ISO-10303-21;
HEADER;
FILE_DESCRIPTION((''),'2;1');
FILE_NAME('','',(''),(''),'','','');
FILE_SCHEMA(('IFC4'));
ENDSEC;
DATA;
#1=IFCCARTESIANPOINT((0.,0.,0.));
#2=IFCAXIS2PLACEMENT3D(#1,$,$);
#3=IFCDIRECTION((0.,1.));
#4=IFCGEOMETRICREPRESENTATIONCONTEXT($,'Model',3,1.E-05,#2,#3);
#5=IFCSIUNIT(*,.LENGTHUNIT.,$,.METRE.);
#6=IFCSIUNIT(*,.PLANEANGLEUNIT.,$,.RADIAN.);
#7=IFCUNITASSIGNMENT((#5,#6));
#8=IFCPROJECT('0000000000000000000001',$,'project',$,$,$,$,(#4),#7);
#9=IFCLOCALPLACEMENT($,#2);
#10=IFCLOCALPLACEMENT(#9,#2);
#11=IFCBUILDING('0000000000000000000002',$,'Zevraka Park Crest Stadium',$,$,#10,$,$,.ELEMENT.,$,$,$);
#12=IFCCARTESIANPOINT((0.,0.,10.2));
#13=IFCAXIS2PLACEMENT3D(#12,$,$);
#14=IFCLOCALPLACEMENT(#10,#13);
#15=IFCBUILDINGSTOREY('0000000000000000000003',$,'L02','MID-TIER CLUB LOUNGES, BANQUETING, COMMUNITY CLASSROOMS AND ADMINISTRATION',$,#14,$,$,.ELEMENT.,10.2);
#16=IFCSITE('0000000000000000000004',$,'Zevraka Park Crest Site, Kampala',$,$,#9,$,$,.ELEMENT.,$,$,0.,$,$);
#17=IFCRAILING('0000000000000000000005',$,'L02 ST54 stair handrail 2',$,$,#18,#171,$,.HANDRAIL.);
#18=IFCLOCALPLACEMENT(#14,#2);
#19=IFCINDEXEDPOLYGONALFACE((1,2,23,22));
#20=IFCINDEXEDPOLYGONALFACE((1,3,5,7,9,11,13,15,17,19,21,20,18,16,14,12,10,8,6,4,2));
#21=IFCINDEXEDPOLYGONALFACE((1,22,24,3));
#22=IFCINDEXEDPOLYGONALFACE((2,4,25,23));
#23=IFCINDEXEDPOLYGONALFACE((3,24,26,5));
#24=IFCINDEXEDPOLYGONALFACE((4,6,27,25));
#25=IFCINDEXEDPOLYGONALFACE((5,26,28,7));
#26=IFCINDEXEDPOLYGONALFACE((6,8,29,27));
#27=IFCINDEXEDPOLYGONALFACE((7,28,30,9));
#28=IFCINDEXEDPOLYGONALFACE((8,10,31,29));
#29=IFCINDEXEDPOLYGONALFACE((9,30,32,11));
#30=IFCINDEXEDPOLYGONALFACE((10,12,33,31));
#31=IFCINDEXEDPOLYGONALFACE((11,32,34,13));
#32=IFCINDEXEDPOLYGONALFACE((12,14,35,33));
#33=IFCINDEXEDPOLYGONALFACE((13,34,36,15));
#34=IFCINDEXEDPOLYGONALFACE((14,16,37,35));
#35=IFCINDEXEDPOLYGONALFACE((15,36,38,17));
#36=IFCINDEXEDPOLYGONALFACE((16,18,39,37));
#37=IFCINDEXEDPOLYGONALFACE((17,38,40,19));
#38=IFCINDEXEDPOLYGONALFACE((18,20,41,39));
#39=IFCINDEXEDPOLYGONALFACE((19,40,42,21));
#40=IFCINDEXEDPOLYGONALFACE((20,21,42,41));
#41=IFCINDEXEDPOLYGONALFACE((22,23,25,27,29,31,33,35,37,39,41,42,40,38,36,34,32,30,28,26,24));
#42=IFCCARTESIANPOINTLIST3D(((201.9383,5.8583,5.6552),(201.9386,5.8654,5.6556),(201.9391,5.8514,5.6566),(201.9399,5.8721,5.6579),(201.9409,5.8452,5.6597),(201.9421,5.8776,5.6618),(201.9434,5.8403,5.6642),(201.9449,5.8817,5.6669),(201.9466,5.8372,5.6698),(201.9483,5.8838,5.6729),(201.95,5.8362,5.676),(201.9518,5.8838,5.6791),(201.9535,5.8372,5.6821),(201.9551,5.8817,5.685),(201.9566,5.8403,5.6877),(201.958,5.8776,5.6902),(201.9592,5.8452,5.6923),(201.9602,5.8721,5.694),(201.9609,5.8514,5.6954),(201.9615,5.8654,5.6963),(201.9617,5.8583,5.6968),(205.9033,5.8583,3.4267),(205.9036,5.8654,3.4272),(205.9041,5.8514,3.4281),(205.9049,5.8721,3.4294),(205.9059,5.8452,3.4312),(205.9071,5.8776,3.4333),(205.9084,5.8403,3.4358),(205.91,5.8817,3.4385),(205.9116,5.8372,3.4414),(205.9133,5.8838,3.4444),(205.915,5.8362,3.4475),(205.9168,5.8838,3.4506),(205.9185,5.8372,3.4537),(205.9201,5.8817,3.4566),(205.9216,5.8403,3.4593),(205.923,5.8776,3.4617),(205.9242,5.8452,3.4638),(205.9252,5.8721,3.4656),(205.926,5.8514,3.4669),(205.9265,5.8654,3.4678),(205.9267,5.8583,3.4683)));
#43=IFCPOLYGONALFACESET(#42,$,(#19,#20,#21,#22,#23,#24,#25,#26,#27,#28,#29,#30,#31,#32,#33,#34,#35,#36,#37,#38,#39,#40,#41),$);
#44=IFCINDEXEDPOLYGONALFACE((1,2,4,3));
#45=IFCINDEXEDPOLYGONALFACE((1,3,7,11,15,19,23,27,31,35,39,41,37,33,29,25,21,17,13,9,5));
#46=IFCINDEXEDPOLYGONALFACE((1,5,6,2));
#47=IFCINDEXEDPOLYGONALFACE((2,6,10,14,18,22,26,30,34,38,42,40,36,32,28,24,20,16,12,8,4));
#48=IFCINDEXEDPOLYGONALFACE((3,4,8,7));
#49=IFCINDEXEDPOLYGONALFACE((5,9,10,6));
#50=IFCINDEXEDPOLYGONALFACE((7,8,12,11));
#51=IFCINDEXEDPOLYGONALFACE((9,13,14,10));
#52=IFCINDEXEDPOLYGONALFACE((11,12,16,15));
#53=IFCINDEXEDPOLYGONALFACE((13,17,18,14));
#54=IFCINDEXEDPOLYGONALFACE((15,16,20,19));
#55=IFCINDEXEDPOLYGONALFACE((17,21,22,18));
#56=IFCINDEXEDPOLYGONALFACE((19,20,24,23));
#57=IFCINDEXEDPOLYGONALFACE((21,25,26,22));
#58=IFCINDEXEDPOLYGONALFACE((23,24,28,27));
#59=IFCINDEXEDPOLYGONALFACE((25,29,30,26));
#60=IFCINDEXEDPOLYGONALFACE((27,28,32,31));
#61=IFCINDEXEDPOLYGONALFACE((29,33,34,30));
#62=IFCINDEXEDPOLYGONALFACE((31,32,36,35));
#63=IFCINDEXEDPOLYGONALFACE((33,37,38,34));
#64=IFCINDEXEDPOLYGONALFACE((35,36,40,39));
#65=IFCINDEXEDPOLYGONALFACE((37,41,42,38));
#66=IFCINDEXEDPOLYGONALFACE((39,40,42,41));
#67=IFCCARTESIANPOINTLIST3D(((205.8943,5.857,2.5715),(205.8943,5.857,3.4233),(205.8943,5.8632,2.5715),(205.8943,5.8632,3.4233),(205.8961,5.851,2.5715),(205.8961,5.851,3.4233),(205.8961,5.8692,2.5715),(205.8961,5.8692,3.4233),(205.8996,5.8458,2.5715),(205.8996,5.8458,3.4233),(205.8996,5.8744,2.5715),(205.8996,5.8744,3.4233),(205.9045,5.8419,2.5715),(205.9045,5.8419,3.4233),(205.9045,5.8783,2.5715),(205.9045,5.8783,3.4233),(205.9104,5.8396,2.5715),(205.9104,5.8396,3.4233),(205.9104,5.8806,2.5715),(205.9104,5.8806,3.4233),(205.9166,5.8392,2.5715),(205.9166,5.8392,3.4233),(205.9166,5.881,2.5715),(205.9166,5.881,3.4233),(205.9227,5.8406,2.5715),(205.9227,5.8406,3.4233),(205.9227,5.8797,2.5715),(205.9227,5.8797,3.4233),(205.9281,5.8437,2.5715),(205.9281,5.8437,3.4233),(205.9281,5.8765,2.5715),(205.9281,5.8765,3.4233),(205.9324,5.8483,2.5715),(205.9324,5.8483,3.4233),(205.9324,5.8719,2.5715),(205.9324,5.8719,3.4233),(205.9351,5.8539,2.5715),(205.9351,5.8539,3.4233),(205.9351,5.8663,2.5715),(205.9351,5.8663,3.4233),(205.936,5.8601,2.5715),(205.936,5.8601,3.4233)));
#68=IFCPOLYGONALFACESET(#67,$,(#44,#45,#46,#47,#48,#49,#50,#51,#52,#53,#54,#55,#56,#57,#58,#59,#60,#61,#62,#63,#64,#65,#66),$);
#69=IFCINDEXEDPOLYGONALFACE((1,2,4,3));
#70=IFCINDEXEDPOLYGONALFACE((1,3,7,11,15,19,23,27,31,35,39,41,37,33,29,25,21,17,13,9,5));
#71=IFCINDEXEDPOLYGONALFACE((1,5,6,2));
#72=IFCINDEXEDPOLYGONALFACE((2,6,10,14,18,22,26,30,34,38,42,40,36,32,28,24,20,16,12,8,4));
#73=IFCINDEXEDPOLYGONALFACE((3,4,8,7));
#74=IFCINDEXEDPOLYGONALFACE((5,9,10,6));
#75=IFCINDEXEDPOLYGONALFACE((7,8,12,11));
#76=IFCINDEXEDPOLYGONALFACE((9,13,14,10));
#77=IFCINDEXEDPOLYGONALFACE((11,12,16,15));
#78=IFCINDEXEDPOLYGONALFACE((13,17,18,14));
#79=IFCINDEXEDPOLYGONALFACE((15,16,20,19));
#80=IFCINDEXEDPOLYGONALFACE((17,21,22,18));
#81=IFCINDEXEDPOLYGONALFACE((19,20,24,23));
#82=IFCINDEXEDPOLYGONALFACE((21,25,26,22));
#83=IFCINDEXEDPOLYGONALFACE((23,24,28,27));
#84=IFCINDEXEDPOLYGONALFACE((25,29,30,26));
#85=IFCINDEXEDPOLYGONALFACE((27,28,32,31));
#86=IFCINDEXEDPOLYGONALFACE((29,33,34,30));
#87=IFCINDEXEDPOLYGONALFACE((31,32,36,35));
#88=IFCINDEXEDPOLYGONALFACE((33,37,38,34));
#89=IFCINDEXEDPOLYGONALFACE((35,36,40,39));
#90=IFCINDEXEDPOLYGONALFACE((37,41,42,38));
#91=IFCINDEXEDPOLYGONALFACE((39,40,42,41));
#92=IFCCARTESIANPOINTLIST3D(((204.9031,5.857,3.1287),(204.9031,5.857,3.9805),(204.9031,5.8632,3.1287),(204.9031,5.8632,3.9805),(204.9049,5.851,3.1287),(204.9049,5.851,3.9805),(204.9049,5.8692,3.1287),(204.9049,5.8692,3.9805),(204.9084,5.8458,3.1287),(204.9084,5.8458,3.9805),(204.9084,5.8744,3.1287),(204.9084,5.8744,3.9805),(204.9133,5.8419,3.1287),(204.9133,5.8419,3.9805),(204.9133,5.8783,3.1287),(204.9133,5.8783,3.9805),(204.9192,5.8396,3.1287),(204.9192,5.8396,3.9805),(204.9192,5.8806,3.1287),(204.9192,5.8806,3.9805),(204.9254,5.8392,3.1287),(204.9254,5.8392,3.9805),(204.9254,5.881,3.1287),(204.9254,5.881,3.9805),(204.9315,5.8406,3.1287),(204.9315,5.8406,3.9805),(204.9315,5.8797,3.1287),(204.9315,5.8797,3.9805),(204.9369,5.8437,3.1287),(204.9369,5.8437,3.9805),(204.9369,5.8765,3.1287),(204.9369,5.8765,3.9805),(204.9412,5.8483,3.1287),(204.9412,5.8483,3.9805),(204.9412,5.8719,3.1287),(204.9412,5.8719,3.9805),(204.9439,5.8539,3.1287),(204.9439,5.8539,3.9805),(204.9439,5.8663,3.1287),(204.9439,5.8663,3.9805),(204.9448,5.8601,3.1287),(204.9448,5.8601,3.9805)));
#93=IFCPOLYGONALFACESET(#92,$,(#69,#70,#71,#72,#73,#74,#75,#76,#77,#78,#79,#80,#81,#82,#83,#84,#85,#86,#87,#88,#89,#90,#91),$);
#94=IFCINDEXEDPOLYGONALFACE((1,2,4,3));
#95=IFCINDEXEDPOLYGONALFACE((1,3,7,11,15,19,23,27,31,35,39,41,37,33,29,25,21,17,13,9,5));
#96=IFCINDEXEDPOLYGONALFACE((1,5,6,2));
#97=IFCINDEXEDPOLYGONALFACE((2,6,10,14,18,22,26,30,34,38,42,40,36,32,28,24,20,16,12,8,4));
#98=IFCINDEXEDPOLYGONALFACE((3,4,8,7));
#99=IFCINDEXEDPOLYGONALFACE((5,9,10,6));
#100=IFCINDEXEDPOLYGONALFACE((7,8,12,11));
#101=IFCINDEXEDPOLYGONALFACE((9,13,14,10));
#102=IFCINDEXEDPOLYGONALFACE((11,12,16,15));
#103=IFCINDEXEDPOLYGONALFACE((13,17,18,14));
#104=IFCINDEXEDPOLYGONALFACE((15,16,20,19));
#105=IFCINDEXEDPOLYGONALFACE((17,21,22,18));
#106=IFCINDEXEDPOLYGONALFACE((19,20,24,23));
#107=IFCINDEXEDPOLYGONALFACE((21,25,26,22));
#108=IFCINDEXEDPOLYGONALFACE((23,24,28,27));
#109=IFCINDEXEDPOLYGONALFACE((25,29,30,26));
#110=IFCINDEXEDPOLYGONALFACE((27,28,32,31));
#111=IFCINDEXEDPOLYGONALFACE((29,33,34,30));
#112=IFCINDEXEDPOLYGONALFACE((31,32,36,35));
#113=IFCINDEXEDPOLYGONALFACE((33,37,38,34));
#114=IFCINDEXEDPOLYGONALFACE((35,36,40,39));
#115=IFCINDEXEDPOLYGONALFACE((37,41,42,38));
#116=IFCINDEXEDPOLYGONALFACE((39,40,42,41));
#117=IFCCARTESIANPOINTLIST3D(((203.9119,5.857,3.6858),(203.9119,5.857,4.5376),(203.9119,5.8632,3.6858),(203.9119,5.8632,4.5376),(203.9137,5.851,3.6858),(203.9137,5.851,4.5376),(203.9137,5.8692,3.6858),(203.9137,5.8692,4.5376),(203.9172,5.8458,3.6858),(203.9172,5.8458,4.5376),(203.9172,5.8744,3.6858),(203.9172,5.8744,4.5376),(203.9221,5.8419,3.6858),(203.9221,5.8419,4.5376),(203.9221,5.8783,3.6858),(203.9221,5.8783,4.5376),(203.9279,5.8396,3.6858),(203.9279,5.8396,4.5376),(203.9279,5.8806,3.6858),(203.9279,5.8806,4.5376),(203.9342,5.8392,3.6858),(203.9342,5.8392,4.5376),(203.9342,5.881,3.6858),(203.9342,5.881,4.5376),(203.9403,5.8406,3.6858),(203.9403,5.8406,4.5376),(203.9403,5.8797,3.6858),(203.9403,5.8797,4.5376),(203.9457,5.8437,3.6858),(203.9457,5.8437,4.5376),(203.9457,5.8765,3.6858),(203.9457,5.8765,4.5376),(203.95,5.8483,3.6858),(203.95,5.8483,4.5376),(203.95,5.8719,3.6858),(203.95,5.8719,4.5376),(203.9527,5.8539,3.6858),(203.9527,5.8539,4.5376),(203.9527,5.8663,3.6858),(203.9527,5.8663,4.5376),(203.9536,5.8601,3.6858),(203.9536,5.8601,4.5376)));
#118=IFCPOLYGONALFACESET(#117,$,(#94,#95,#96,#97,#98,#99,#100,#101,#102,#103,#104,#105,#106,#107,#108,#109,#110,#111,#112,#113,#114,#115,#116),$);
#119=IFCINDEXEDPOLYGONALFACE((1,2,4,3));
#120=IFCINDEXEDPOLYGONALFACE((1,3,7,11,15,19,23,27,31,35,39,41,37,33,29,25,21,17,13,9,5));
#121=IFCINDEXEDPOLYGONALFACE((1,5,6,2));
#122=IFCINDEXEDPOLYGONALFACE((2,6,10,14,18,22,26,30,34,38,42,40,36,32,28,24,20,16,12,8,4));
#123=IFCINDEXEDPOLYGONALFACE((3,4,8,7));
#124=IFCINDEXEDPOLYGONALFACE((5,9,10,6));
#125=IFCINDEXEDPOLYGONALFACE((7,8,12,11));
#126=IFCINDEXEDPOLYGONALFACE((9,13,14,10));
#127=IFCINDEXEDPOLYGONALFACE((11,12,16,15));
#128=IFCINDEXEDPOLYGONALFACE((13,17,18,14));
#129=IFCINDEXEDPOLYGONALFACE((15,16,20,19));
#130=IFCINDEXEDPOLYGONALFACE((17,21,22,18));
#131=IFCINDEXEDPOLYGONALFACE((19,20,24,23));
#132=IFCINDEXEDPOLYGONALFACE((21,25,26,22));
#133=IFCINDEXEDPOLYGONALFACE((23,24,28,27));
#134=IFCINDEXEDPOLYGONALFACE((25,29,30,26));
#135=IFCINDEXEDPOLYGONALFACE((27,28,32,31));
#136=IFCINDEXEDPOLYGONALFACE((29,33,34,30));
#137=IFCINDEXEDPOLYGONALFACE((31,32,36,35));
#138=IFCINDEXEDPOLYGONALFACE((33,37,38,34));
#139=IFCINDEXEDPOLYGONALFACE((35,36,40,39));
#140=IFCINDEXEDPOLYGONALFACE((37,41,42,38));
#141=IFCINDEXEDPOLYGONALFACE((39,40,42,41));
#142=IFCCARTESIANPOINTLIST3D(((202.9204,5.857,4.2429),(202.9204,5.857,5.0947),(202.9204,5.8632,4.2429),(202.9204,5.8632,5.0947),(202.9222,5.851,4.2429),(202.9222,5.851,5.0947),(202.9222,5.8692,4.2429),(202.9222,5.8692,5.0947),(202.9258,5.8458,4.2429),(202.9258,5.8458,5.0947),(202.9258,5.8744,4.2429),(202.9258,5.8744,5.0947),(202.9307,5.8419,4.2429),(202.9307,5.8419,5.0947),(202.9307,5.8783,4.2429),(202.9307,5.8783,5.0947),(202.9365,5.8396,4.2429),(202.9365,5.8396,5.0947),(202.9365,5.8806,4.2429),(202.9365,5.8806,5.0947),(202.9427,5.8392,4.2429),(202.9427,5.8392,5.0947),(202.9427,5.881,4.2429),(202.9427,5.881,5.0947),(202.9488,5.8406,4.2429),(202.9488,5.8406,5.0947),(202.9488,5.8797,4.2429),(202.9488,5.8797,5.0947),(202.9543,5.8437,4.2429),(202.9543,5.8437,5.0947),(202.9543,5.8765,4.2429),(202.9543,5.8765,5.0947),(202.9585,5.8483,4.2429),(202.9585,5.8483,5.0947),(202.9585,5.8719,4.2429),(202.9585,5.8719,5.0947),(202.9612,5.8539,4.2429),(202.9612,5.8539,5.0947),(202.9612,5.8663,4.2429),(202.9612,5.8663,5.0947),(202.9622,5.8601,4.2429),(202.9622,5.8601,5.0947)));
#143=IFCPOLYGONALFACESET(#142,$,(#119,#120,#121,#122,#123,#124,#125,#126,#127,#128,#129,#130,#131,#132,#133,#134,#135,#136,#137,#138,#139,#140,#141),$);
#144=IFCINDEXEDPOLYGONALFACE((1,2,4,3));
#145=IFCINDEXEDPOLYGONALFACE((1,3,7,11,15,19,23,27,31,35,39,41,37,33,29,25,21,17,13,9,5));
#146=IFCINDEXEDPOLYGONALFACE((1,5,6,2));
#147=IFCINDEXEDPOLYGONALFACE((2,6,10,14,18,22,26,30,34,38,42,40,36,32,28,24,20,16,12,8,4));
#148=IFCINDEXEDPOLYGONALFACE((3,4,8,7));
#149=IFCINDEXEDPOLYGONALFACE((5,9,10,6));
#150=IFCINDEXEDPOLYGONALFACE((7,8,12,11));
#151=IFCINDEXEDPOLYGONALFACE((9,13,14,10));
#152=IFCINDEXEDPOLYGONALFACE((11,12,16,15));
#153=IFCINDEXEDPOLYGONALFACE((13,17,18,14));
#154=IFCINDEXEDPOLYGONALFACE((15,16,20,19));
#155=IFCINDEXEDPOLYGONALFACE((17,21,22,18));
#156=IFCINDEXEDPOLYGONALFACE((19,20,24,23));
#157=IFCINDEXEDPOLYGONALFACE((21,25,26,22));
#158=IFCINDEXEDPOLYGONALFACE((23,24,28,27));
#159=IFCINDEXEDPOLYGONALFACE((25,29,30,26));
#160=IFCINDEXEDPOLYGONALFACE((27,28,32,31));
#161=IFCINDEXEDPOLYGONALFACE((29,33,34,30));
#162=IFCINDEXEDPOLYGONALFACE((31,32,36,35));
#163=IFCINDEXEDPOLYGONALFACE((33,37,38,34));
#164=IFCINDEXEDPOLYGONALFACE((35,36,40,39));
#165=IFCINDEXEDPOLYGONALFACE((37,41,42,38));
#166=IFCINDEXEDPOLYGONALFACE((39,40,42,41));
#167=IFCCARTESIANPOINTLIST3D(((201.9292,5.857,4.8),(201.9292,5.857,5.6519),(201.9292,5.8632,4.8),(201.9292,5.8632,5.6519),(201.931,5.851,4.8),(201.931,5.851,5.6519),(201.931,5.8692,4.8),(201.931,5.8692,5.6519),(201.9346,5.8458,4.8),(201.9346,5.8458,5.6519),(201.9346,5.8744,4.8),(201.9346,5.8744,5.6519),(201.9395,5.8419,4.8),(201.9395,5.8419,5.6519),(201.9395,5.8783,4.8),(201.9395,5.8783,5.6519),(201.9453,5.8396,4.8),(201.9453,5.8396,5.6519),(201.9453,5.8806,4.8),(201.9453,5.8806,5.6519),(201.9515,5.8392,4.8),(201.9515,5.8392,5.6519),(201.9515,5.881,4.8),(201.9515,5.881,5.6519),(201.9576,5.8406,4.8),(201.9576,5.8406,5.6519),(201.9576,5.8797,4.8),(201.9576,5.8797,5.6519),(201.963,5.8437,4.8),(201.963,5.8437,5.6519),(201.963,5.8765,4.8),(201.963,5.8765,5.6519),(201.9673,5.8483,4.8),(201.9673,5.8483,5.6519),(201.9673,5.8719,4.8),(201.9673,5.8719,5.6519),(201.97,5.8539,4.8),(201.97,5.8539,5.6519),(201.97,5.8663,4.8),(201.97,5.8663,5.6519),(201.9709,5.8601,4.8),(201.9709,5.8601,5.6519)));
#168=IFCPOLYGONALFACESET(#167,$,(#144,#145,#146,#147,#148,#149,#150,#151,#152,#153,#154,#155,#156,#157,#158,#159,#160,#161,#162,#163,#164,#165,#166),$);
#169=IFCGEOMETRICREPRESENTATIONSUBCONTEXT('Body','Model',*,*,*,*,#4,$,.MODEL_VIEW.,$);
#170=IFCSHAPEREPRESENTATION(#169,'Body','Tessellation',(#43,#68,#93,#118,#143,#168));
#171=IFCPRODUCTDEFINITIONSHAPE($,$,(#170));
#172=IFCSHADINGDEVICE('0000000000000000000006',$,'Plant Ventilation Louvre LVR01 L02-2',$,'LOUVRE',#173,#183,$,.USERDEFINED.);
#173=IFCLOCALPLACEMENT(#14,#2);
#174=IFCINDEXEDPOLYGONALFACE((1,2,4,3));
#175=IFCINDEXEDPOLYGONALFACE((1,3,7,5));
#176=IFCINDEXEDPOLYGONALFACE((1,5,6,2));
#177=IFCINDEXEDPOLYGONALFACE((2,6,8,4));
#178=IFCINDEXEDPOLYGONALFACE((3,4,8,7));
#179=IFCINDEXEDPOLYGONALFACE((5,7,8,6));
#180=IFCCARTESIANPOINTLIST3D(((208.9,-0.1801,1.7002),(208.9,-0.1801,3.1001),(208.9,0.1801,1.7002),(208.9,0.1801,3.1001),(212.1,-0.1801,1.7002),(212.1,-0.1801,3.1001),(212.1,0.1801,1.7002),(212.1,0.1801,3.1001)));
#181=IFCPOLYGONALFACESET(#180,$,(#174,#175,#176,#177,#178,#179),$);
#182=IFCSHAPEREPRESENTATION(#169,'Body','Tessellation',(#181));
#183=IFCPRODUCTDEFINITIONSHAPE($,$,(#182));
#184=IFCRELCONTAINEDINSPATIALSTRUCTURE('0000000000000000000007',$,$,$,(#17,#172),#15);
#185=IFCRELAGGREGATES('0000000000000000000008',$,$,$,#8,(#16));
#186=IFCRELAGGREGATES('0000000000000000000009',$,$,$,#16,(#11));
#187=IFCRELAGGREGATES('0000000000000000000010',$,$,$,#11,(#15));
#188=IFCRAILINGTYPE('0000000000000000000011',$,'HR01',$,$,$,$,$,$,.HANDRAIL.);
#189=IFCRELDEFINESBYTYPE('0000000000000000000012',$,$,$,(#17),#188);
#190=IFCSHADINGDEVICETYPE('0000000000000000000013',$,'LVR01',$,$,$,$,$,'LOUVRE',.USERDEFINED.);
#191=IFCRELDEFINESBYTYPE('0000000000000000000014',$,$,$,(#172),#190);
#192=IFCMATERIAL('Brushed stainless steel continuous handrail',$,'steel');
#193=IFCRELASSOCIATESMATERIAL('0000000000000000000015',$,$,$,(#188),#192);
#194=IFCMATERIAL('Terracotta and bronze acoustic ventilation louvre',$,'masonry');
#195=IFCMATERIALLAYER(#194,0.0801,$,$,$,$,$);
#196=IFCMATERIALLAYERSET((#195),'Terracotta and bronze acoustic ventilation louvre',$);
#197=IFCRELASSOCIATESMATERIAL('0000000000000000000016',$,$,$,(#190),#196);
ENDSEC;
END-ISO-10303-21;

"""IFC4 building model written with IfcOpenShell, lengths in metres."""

from ifc_helpers import new_model, si_unit, direction, frame, origin, origin_2d, place, context, subcontext, project, spatial, rectangle, circle, extrude, material, layer, layer_set, type_object, element, save


model = new_model("IFC4")

# Units and contexts
model_context = context("Model", 3, precision=1e-05, world=origin(), true_north=direction((0.0, 1.0)))
body_context = subcontext(model_context, "Body", "Model", "MODEL_VIEW")
ifc_project = project(units=[si_unit("LENGTHUNIT", "METRE"), si_unit("PLANEANGLEUNIT", "RADIAN")], contexts=[model_context])

# Site, building, storey
site_placement = place(None, origin())
site = spatial("IfcSite", under=ifc_project, at=site_placement, Name="Zevraka Park Crest Site, Kampala", CompositionType="ELEMENT", RefElevation=0.0)
building_placement = place(site_placement, origin())
building = spatial("IfcBuilding", under=site, at=building_placement, Name="Zevraka Park Crest Stadium", CompositionType="ELEMENT")
storey_placement = place(building_placement, frame((0.0, 0.0, 10.2)))
storey = spatial("IfcBuildingStorey", under=building, at=storey_placement, Name="L02", Description="MID-TIER CLUB LOUNGES, BANQUETING, COMMUNITY CLASSROOMS AND ADMINISTRATION", CompositionType="ELEMENT", Elevation=10.2)

# Railing
ifc_material_1 = material(Name="Brushed stainless steel continuous handrail", Category="steel")
railing_type_1 = type_object("IfcRailingType", Name="HR01", PredefinedType="HANDRAIL", material=ifc_material_1)
railing_1_placement = place(storey_placement, frame((205.915, 5.8601, 2.5715)))
element("IfcRailing", 1, at=railing_1_placement, inside=storey, type_object=railing_type_1, Name="L02 ST54 stair handrail 2", PredefinedType="HANDRAIL", context=body_context, shape_type="SweptSolid", body=[
    extrude(circle(Radius=0.0239, at=origin_2d()), frame((0.0, 0.0, 0.876), z_axis=(-0.871749, 0.0, 0.489953), x_axis=(0.0, -1.0, 0.0)), (0.0, 0.0, 1.0), 4.5483),
    extrude(circle(Radius=0.021, at=origin_2d()), origin(), (0.0, 0.0, 1.0), 0.8518),
    extrude(circle(Radius=0.021, at=origin_2d()), frame((-0.9912, 0.0, 0.5571)), (0.0, 0.0, 1.0), 0.8518),
    extrude(circle(Radius=0.021, at=origin_2d()), frame((-1.9824, 0.0, 1.1143)), (0.0, 0.0, 1.0), 0.8518),
    extrude(circle(Radius=0.021, at=origin_2d()), frame((-2.9739, 0.0, 1.6714)), (0.0, 0.0, 1.0), 0.8518),
    extrude(circle(Radius=0.021, at=origin_2d()), frame((-3.9651, 0.0, 2.2285)), (0.0, 0.0, 1.0), 0.8518),
])

# Shading device
ifc_material_2 = material(Name="Terracotta and bronze acoustic ventilation louvre", Category="masonry")
ifc_layer_1 = layer(ifc_material_2, 0.0801)
ifc_layer_set_1 = layer_set([ifc_layer_1], Name="Terracotta and bronze acoustic ventilation louvre")
shading_device_type = type_object("IfcShadingDeviceType", Name="LVR01", ElementType="LOUVRE", PredefinedType="USERDEFINED", material=ifc_layer_set_1)
shading_device_placement = place(storey_placement, frame((210.5, 0.0, 1.7002), z_axis=(0.0, 0.0, 1.0), x_axis=(-1.0, 0.0, 0.0)))
element("IfcShadingDevice", 2, at=shading_device_placement, inside=storey, type_object=shading_device_type, Name="Plant Ventilation Louvre LVR01 L02-2", ObjectType="LOUVRE", PredefinedType="USERDEFINED", context=body_context, shape_type="SweptSolid", body=[
    extrude(rectangle(XDim=3.2, YDim=0.3601, at=origin_2d()), origin(), (0.0, 0.0, 1.0), 1.3999),
])

save(model, "model.ifc")
